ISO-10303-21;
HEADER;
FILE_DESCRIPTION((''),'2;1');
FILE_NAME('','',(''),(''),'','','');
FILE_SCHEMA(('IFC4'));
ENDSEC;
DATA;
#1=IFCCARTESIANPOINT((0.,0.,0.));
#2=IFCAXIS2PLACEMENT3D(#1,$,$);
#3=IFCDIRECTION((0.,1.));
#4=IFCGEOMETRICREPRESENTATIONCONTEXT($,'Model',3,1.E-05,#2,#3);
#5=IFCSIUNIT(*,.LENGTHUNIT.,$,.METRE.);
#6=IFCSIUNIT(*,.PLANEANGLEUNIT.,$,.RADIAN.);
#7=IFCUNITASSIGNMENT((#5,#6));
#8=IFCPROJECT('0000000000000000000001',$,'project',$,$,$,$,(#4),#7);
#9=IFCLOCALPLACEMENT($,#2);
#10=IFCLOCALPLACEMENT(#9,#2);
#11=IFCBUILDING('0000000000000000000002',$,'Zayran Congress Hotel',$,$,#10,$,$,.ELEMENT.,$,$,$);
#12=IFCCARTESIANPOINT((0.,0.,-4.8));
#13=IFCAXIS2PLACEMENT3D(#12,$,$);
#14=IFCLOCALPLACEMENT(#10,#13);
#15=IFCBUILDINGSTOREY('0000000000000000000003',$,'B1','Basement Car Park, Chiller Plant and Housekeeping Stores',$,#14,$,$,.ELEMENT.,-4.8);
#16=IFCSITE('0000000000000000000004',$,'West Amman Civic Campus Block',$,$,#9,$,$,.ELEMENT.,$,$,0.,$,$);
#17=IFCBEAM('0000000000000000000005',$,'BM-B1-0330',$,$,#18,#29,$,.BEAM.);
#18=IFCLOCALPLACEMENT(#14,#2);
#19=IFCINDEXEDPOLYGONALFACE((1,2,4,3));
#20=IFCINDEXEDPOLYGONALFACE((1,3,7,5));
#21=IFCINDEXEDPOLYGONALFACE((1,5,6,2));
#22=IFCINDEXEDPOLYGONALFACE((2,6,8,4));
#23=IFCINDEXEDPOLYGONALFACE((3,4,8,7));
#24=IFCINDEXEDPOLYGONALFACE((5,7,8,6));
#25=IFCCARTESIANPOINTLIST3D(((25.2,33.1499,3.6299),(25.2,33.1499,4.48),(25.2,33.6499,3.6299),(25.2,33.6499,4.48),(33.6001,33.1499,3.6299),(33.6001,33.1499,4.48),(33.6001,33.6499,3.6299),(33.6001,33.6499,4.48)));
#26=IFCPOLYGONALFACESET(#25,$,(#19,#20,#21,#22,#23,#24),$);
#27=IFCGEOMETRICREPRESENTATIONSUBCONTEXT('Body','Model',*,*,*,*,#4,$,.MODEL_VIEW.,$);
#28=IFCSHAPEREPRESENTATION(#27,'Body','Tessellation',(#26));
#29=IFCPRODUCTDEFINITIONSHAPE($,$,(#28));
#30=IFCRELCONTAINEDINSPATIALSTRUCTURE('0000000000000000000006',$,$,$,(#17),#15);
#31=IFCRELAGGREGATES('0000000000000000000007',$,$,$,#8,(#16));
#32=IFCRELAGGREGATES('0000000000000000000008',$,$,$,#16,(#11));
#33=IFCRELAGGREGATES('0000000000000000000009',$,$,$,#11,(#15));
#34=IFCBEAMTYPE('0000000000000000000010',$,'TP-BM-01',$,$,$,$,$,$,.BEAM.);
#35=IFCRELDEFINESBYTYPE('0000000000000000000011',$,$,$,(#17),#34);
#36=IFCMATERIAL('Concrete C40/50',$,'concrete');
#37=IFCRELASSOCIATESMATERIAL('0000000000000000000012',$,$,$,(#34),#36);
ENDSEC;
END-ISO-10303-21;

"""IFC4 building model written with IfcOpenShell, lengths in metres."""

from ifc_helpers import new_model, si_unit, direction, frame, origin, origin_2d, place, context, subcontext, project, spatial, rectangle, extrude, material, material_profile, profile_set, type_object, element, save


model = new_model("IFC4")

# Units and contexts
model_context = context("Model", 3, precision=1e-05, world=origin(), true_north=direction((0.0, 1.0)))
body_context = subcontext(model_context, "Body", "Model", "MODEL_VIEW")
ifc_project = project(units=[si_unit("LENGTHUNIT", "METRE"), si_unit("PLANEANGLEUNIT", "RADIAN")], contexts=[model_context])

# Site, building, storey
site_placement = place(None, origin())
site = spatial("IfcSite", under=ifc_project, at=site_placement, Name="West Amman Civic Campus Block", CompositionType="ELEMENT", RefElevation=0.0)
building_placement = place(site_placement, origin())
building = spatial("IfcBuilding", under=site, at=building_placement, Name="Zayran Congress Hotel", CompositionType="ELEMENT")
storey_placement = place(building_placement, frame((0.0, 0.0, -4.8)))
storey = spatial("IfcBuildingStorey", under=building, at=storey_placement, Name="B1", Description="Basement Car Park, Chiller Plant and Housekeeping Stores", CompositionType="ELEMENT", Elevation=-4.8)

# Shared definitions
ifc_material = material(Name="Concrete C40/50", Category="concrete")

# Beam
ifc_material_profile_1 = material_profile(ifc_material, rectangle(XDim=0.5, YDim=0.8501, at=origin_2d()), Name="RC 500x850")
ifc_profile_set_1 = profile_set([ifc_material_profile_1], Name="Concrete C40/50")
beam_type = type_object("IfcBeamType", Name="TP-BM-01", PredefinedType="BEAM", material=ifc_profile_set_1)
beam_1_placement = place(storey_placement, frame((25.2, 33.3999, 4.0549), z_axis=(1.0, 0.0, 0.0), x_axis=(0.0, 1.0, 0.0)))
element("IfcBeam", 1, at=beam_1_placement, inside=storey, type_object=beam_type, Name="BM-B1-0330", PredefinedType="BEAM", context=body_context, shape_type="SweptSolid", body=[
    extrude(rectangle(XDim=0.5, YDim=0.8501, at=origin_2d()), origin(), (0.0, 0.0, 1.0), 8.4001),
])

save(model, "model.ifc")
